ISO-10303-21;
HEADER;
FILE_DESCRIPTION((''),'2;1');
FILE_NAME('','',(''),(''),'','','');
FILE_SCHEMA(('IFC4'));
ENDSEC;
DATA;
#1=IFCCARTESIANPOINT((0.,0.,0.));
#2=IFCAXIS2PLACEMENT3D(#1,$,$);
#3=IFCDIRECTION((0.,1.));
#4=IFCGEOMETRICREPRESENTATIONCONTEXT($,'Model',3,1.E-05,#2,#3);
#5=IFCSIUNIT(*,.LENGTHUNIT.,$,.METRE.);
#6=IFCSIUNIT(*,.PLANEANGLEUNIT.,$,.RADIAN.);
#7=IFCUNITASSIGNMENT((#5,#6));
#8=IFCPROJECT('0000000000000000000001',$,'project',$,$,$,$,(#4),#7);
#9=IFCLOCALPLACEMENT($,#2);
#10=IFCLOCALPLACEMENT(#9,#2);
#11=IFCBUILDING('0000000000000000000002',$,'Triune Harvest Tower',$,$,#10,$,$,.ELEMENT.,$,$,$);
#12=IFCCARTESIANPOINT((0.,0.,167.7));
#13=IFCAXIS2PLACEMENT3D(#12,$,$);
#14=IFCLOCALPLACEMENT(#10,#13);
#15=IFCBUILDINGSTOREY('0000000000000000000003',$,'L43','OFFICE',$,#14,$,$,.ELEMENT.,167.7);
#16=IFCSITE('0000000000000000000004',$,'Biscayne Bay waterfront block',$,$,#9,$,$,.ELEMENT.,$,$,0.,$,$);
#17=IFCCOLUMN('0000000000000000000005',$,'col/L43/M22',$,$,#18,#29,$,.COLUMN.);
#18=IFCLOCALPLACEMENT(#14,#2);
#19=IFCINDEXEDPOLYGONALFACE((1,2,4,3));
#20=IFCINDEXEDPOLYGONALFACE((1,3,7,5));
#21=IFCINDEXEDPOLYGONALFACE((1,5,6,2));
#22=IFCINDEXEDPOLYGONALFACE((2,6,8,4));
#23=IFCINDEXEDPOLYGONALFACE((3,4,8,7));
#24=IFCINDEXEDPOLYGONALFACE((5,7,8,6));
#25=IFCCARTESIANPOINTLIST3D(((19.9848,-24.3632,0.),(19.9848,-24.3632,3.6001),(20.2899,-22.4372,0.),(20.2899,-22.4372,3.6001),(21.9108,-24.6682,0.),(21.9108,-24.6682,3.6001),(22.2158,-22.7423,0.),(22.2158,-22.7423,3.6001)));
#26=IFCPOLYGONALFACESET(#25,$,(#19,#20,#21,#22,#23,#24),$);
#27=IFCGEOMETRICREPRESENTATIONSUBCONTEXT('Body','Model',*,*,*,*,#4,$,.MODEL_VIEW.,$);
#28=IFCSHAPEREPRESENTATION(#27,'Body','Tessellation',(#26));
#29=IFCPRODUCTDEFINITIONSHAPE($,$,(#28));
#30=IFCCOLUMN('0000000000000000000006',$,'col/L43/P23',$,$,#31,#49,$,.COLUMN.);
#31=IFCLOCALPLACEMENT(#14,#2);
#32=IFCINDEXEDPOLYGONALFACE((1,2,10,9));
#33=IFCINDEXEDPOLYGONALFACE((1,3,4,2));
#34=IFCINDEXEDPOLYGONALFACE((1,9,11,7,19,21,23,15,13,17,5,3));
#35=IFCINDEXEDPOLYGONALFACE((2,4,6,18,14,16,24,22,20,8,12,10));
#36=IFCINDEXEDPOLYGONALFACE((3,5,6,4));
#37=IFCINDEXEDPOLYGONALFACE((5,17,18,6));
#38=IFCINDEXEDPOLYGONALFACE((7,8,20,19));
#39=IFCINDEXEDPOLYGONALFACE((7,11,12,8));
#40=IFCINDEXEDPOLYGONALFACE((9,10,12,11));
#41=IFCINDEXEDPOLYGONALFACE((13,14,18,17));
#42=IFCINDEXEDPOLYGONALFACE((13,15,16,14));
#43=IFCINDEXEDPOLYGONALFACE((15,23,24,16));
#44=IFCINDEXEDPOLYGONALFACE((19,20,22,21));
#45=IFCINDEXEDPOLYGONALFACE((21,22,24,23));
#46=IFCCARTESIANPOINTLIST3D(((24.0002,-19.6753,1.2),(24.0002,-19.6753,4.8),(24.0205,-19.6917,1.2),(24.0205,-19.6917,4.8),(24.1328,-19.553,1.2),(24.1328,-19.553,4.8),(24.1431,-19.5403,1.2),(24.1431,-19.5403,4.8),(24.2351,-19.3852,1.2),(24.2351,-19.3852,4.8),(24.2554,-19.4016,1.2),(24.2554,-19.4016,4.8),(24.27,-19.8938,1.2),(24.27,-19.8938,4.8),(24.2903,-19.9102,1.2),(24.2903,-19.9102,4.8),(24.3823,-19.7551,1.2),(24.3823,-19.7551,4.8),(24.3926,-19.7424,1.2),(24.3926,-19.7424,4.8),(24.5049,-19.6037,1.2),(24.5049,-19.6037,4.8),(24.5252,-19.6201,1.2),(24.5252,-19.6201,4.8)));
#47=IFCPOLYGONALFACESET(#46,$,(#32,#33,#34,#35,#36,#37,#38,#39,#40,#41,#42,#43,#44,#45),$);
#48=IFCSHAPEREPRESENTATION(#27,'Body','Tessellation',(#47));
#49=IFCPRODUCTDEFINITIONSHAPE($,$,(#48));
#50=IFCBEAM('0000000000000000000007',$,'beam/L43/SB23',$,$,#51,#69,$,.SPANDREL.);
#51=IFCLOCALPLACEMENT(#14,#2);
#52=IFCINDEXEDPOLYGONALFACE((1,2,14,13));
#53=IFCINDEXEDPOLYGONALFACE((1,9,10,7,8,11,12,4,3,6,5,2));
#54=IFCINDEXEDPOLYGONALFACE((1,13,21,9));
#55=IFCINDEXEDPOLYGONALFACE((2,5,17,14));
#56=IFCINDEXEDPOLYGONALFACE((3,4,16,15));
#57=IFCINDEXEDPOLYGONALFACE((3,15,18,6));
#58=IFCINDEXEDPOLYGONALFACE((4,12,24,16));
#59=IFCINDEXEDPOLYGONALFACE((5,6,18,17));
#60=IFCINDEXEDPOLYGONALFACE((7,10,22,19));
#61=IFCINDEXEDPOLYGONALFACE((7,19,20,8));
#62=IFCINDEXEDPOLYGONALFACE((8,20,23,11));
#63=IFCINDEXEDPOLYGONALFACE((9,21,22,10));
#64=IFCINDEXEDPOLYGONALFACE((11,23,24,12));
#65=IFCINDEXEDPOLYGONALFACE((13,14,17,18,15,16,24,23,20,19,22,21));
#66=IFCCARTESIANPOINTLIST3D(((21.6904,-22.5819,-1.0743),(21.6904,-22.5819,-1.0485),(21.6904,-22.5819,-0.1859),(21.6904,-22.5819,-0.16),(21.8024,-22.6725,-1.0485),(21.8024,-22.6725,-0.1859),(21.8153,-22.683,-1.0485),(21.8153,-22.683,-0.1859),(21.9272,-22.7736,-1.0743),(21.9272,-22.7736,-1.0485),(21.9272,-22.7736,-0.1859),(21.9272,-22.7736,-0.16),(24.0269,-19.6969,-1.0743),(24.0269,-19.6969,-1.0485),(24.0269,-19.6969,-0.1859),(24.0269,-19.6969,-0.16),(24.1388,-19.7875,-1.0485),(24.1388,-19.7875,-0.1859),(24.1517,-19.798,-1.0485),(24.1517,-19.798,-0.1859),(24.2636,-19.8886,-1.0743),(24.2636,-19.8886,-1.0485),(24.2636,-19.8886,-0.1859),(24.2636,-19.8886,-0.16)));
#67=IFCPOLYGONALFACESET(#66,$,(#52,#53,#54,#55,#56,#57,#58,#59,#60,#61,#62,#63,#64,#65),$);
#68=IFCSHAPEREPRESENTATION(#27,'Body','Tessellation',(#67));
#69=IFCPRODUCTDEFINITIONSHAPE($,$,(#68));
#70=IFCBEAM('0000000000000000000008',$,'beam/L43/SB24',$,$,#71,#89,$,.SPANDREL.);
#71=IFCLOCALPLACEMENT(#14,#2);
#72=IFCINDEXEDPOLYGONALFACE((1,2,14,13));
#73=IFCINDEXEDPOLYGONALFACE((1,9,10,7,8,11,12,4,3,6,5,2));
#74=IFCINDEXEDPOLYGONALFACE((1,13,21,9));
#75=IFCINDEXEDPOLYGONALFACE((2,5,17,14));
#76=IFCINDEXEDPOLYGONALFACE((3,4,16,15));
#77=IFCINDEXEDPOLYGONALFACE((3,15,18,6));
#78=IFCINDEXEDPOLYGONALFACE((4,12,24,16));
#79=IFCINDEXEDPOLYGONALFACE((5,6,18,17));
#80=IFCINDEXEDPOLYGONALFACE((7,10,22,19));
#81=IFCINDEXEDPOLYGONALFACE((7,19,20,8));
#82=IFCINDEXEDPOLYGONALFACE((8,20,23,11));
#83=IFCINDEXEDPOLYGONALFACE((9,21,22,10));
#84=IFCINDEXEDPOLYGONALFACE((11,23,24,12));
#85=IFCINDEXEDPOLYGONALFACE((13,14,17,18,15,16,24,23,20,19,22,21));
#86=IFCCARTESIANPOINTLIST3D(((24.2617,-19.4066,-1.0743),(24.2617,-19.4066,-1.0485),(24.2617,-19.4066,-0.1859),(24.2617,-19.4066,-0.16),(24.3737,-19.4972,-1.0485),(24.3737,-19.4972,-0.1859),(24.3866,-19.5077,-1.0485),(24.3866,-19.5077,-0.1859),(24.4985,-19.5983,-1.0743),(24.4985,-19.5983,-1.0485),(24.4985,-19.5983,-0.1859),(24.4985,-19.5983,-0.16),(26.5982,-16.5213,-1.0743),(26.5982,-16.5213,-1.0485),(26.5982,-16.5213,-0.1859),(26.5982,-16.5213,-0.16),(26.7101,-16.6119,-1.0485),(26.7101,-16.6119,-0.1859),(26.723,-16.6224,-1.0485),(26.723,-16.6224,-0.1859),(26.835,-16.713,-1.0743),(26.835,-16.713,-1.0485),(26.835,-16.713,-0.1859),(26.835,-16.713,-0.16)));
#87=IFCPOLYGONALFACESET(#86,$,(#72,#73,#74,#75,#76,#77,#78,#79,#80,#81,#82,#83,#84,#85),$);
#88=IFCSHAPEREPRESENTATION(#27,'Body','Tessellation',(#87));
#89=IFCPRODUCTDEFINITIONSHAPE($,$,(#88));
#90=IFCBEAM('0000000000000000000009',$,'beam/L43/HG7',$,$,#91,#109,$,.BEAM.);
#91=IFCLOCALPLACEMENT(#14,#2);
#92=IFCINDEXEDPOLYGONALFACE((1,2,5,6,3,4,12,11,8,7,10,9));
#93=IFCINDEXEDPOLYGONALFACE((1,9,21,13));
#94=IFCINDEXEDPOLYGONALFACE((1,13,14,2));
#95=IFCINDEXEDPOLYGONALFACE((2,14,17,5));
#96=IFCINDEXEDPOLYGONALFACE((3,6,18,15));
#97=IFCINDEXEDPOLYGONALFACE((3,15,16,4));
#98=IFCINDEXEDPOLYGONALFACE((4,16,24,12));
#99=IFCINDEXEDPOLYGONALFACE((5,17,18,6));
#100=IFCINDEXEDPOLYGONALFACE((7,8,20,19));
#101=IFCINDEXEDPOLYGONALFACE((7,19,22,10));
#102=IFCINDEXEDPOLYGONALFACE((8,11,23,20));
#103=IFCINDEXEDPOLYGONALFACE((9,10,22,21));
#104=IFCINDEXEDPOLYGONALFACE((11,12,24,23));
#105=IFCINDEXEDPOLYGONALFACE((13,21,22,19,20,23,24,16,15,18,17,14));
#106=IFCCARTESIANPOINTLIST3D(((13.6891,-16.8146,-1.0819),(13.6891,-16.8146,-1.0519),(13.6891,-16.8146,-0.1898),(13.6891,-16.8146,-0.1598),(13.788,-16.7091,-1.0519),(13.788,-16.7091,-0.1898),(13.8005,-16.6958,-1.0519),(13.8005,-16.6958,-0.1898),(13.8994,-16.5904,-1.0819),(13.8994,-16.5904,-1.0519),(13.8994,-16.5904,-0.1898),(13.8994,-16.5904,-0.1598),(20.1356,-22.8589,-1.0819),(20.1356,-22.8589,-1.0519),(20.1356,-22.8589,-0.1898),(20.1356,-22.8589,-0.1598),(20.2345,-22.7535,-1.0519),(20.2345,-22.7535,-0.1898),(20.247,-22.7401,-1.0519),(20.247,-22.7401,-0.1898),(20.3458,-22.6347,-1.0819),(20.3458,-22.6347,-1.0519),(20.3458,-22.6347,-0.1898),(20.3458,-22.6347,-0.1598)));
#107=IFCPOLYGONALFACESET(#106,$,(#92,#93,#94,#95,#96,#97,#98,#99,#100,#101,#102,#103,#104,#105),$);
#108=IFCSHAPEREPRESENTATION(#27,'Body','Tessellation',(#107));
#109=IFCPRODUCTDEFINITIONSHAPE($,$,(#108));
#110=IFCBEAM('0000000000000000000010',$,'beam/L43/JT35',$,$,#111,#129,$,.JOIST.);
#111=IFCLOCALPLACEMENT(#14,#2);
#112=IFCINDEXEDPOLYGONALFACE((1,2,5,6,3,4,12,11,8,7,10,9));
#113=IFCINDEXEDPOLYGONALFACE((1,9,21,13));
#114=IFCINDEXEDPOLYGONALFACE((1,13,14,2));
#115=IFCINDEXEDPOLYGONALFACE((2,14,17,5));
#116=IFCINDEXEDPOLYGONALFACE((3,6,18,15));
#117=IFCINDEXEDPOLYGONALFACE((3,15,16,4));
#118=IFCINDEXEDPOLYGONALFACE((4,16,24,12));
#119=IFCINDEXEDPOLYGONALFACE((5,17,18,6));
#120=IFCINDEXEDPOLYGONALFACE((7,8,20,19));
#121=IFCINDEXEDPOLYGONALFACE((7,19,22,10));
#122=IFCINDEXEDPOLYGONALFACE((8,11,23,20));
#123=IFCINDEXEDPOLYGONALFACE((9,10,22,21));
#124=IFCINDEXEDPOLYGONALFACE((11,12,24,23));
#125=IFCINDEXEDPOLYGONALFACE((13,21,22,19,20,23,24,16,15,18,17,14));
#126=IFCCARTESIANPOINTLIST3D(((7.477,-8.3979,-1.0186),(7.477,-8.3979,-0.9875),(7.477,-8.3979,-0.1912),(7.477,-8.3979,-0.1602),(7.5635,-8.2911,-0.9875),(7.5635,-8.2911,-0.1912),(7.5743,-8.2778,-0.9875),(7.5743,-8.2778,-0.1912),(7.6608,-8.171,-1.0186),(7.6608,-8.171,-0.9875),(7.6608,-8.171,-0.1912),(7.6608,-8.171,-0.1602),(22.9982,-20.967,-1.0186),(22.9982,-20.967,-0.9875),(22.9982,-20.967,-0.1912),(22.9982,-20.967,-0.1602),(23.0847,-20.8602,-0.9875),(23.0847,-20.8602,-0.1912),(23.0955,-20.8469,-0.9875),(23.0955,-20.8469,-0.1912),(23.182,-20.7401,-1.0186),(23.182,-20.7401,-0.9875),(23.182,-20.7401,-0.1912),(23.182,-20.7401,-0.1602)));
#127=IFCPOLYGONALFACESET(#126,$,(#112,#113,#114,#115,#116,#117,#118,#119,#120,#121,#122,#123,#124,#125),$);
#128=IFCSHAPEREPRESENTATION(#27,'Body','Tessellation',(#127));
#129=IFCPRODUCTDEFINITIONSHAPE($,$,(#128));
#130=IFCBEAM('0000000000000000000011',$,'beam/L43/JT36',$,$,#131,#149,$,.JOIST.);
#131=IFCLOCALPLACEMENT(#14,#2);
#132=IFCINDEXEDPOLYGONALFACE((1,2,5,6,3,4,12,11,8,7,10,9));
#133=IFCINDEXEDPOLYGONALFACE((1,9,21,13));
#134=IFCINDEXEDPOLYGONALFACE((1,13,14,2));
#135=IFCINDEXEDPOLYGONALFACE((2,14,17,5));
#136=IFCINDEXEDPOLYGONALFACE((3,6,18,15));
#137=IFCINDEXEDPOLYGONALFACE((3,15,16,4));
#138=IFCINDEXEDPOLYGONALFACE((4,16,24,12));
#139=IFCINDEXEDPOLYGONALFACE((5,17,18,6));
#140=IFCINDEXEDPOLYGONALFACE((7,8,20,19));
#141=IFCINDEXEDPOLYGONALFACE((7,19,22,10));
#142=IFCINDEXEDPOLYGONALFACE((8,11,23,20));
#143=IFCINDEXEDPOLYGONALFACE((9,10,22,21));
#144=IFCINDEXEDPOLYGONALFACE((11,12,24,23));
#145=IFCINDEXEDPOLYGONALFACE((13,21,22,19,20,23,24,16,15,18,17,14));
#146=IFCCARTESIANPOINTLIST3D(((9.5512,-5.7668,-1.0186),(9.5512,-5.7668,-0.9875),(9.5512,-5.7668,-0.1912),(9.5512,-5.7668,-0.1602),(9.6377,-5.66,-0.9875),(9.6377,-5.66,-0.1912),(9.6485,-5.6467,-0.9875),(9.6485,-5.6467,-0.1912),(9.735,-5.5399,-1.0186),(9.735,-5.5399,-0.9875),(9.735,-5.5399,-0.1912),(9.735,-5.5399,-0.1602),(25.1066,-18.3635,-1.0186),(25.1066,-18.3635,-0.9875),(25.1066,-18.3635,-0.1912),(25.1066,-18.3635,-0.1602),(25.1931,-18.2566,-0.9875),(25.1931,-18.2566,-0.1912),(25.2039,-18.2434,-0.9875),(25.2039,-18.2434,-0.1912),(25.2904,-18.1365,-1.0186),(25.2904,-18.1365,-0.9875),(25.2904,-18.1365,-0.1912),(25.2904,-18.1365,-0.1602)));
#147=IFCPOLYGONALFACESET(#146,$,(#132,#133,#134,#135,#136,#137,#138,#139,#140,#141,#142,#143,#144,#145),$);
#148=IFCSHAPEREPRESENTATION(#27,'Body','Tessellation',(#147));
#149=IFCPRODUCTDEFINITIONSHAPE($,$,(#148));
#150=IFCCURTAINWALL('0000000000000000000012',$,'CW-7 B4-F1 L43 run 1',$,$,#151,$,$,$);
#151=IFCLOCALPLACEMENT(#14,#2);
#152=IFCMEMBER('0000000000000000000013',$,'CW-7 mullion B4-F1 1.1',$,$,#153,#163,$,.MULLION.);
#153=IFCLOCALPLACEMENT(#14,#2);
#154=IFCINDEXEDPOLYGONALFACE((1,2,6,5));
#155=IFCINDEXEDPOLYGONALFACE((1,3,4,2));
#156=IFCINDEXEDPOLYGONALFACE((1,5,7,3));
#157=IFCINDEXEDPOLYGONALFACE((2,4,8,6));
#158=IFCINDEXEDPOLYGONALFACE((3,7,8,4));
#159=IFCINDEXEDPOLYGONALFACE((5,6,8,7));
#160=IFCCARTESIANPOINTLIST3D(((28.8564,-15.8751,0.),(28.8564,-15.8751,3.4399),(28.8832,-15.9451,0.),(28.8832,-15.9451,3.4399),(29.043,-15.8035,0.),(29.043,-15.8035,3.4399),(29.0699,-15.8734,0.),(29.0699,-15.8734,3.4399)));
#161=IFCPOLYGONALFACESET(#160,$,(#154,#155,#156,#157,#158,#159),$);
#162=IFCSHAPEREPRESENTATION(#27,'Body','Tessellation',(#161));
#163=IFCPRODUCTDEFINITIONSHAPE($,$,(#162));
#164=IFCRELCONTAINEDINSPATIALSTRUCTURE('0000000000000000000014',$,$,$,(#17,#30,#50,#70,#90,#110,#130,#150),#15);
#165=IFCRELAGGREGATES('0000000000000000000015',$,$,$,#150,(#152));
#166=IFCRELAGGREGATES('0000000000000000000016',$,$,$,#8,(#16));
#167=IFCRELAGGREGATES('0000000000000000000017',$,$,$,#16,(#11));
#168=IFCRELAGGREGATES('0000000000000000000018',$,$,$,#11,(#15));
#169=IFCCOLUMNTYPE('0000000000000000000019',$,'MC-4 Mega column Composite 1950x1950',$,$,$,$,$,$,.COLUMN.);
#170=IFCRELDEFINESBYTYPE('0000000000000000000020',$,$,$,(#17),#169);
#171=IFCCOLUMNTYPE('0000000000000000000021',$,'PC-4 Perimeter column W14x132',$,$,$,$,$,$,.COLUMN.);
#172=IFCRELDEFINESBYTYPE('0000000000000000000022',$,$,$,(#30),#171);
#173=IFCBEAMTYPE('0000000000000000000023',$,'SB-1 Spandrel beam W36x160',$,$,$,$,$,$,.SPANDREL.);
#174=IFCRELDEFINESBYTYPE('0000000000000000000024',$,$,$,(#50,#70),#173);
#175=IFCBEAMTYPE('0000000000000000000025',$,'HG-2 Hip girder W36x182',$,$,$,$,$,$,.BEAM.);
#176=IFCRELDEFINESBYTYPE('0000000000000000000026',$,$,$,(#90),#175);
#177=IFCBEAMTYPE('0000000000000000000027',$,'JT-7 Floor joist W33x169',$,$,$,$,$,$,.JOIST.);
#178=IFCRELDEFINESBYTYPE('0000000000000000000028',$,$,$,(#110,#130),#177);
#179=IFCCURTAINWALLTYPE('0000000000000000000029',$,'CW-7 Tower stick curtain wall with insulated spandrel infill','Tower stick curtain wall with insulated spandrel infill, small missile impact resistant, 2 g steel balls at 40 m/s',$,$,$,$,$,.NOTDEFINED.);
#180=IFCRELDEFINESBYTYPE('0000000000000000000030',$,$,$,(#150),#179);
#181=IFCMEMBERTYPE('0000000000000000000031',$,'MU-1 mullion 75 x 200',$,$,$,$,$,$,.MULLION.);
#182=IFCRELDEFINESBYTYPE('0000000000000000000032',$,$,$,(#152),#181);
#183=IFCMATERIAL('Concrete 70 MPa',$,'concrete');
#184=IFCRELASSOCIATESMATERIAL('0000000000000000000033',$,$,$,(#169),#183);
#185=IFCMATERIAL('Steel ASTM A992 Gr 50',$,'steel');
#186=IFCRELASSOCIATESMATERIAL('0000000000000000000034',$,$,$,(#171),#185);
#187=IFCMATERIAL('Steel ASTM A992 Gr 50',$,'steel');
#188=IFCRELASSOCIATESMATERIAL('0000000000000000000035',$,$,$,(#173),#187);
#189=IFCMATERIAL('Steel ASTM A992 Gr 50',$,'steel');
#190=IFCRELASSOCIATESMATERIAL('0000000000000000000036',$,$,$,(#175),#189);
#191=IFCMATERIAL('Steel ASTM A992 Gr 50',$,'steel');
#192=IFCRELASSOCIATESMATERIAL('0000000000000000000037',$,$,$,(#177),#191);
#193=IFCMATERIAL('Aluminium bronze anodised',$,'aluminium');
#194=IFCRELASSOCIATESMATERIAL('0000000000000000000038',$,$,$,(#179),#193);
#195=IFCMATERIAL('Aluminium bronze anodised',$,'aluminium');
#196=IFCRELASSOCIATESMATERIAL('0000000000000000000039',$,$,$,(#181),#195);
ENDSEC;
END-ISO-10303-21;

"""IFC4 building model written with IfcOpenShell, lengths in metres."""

from ifc_helpers import new_model, si_unit, direction, frame, origin, origin_2d, place, context, subcontext, project, spatial, rectangle, i_section, extrude, source, transform, mapped, material, material_profile, profile_set, type_object, element, aggregate, save


model = new_model("IFC4")

# Units and contexts
model_context = context("Model", 3, precision=1e-05, world=origin(), true_north=direction((0.0, 1.0)))
body_context = subcontext(model_context, "Body", "Model", "MODEL_VIEW")
ifc_project = project(units=[si_unit("LENGTHUNIT", "METRE"), si_unit("PLANEANGLEUNIT", "RADIAN")], contexts=[model_context])

# Site, building, storey
site_placement = place(None, origin())
site = spatial("IfcSite", under=ifc_project, at=site_placement, Name="Biscayne Bay waterfront block", CompositionType="ELEMENT", RefElevation=0.0)
building_placement = place(site_placement, origin())
building = spatial("IfcBuilding", under=site, at=building_placement, Name="Triune Harvest Tower", CompositionType="ELEMENT")
storey_placement = place(building_placement, frame((0.0, 0.0, 167.7)))
storey = spatial("IfcBuildingStorey", under=building, at=storey_placement, Name="L43", Description="OFFICE", CompositionType="ELEMENT", Elevation=167.7)

# Columns
ifc_material_1 = material(Name="Concrete 70 MPa", Category="concrete")
ifc_material_profile_1 = material_profile(ifc_material_1, rectangle(XDim=1.95, YDim=1.95, at=origin_2d()), Name="Composite 1950x1950")
ifc_profile_set_1 = profile_set([ifc_material_profile_1], Name="Concrete 70 MPa")
column_type_1 = type_object("IfcColumnType", Name="MC-4 Mega column Composite 1950x1950", PredefinedType="COLUMN", material=ifc_profile_set_1)
shared_shape_1 = source(origin(), body_context, "Body", "SweptSolid", [
    extrude(rectangle(XDim=1.95, YDim=1.95, at=origin_2d()), origin(), (0.0, 0.0, 1.0), 3.6001),
])
column_1_placement = place(storey_placement, frame((21.1003, -23.5527, 0.0), z_axis=(0.0, 0.0, 1.0), x_axis=(0.987688, -0.156434, 0.0)))
element("IfcColumn", 1, at=column_1_placement, inside=storey, type_object=column_type_1, Name="col/L43/M22", PredefinedType="COLUMN", context=body_context, shape_type="MappedRepresentation", body=[
    mapped(shared_shape_1, transform((0.0, 0.0, 0.0), scale=1.0)),
])
ifc_material_2 = material(Name="Steel ASTM A992 Gr 50", Category="steel")
ifc_material_profile_2 = material_profile(ifc_material_2, i_section(OverallWidth=0.3733, OverallDepth=0.3733, WebThickness=0.0164, FlangeThickness=0.0261, at=origin_2d()), Name="W14x132")
ifc_profile_set_2 = profile_set([ifc_material_profile_2], Name="Steel ASTM A992 Gr 50")
column_type_2 = type_object("IfcColumnType", Name="PC-4 Perimeter column W14x132", PredefinedType="COLUMN", material=ifc_profile_set_2)
shared_shape_2 = source(origin(), body_context, "Body", "SweptSolid", [
    extrude(i_section(OverallWidth=0.3733, OverallDepth=0.3733, WebThickness=0.0164, FlangeThickness=0.0261, at=origin_2d()), origin(), (0.0, 0.0, 1.0), 3.6001),
])
column_2_placement = place(storey_placement, frame((24.2627, -19.6477, 1.2), z_axis=(0.0, 0.0, 1.0), x_axis=(0.629322, 0.777145, 0.0)))
element("IfcColumn", 2, at=column_2_placement, inside=storey, type_object=column_type_2, Name="col/L43/P23", PredefinedType="COLUMN", context=body_context, shape_type="MappedRepresentation", body=[
    mapped(shared_shape_2, transform((0.0, 0.0, 0.0), scale=1.0)),
])

# Beams
ifc_material_3 = material(Name="Steel ASTM A992 Gr 50", Category="steel")
ifc_material_profile_3 = material_profile(ifc_material_3, i_section(OverallWidth=0.3047, OverallDepth=0.9143, WebThickness=0.0166, FlangeThickness=0.0259, at=origin_2d()), Name="W36x160")
ifc_profile_set_3 = profile_set([ifc_material_profile_3], Name="Steel ASTM A992 Gr 50")
beam_type_1 = type_object("IfcBeamType", Name="SB-1 Spandrel beam W36x160", PredefinedType="SPANDREL", material=ifc_profile_set_3)
shared_shape_3 = source(origin(), body_context, "Body", "SweptSolid", [
    extrude(i_section(OverallWidth=0.3047, OverallDepth=0.9143, WebThickness=0.0166, FlangeThickness=0.0259, at=origin_2d()), origin(), (0.0, 0.0, 1.0), 3.7124),
])
beam_1_placement = place(storey_placement, frame((21.8088, -22.6777, -0.6172), z_axis=(0.629351, 0.777121, 0.0), x_axis=(-0.777121, 0.629351, 0.0)))
element("IfcBeam", 3, at=beam_1_placement, inside=storey, type_object=beam_type_1, Name="beam/L43/SB23", PredefinedType="SPANDREL", context=body_context, shape_type="MappedRepresentation", body=[
    mapped(shared_shape_3, transform((0.0, 0.0, 0.0), scale=1.0)),
])
shared_shape_4 = source(origin(), body_context, "Body", "SweptSolid", [
    extrude(i_section(OverallWidth=0.3047, OverallDepth=0.9143, WebThickness=0.0166, FlangeThickness=0.0259, at=origin_2d()), origin(), (0.0, 0.0, 1.0), 3.7126),
])
beam_2_placement = place(storey_placement, frame((24.3801, -19.5024, -0.6172), z_axis=(0.629319, 0.777147, 0.0), x_axis=(-0.777147, 0.629319, 0.0)))
element("IfcBeam", 4, at=beam_2_placement, inside=storey, type_object=beam_type_1, Name="beam/L43/SB24", PredefinedType="SPANDREL", context=body_context, shape_type="MappedRepresentation", body=[
    mapped(shared_shape_4, transform((0.0, 0.0, 0.0), scale=1.0)),
])
ifc_material_4 = material(Name="Steel ASTM A992 Gr 50", Category="steel")
ifc_material_profile_4 = material_profile(ifc_material_4, i_section(OverallWidth=0.3074, OverallDepth=0.9221, WebThickness=0.0183, FlangeThickness=0.03, at=origin_2d()), Name="W36x182")
ifc_profile_set_4 = profile_set([ifc_material_profile_4], Name="Steel ASTM A992 Gr 50")
beam_type_2 = type_object("IfcBeamType", Name="HG-2 Hip girder W36x182", PredefinedType="BEAM", material=ifc_profile_set_4)
shared_shape_5 = source(origin(), body_context, "Body", "SweptSolid", [
    extrude(i_section(OverallWidth=0.3074, OverallDepth=0.9221, WebThickness=0.0183, FlangeThickness=0.03, at=origin_2d()), origin(), (0.0, 0.0, 1.0), 8.8369),
])
beam_3_placement = place(storey_placement, frame((20.2407, -22.7468, -0.6208), z_axis=(-0.729492, 0.68399, 0.0), x_axis=(-0.68399, -0.729492, 0.0)))
element("IfcBeam", 5, at=beam_3_placement, inside=storey, type_object=beam_type_2, Name="beam/L43/HG7", PredefinedType="BEAM", context=body_context, shape_type="MappedRepresentation", body=[
    mapped(shared_shape_5, transform((0.0, 0.0, 0.0), scale=1.0)),
])
ifc_material_5 = material(Name="Steel ASTM A992 Gr 50", Category="steel")
ifc_material_profile_5 = material_profile(ifc_material_5, i_section(OverallWidth=0.292, OverallDepth=0.8584, WebThickness=0.0171, FlangeThickness=0.031, at=origin_2d()), Name="W33x169")
ifc_profile_set_5 = profile_set([ifc_material_profile_5], Name="Steel ASTM A992 Gr 50")
beam_type_3 = type_object("IfcBeamType", Name="JT-7 Floor joist W33x169", PredefinedType="JOIST", material=ifc_profile_set_5)
shared_shape_6 = source(origin(), body_context, "Body", "SweptSolid", [
    extrude(i_section(OverallWidth=0.292, OverallDepth=0.8584, WebThickness=0.0171, FlangeThickness=0.031, at=origin_2d()), origin(), (0.0, 0.0, 1.0), 19.9722),
])
beam_4_placement = place(storey_placement, frame((23.0901, -20.8535, -0.5894), z_axis=(-0.77714, 0.629328, 0.0), x_axis=(-0.629328, -0.77714, 0.0)))
element("IfcBeam", 6, at=beam_4_placement, inside=storey, type_object=beam_type_3, Name="beam/L43/JT35", PredefinedType="JOIST", context=body_context, shape_type="MappedRepresentation", body=[
    mapped(shared_shape_6, transform((0.0, 0.0, 0.0), scale=1.0)),
])
shared_shape_7 = source(origin(), body_context, "Body", "SweptSolid", [
    extrude(i_section(OverallWidth=0.292, OverallDepth=0.8584, WebThickness=0.0171, FlangeThickness=0.031, at=origin_2d()), origin(), (0.0, 0.0, 1.0), 20.0161),
])
beam_5_placement = place(storey_placement, frame((25.1985, -18.25, -0.5894), z_axis=(-0.777142, 0.629325, 0.0), x_axis=(-0.629325, -0.777142, 0.0)))
element("IfcBeam", 7, at=beam_5_placement, inside=storey, type_object=beam_type_3, Name="beam/L43/JT36", PredefinedType="JOIST", context=body_context, shape_type="MappedRepresentation", body=[
    mapped(shared_shape_7, transform((0.0, 0.0, 0.0), scale=1.0)),
])

# Curtain wall, member
ifc_material_6 = material(Name="Aluminium bronze anodised", Category="aluminium")
curtain_wall_type = type_object("IfcCurtainWallType", Name="CW-7 Tower stick curtain wall with insulated spandrel infill", Description="Tower stick curtain wall with insulated spandrel infill, small missile impact resistant, 2 g steel balls at 40 m/s", PredefinedType="NOTDEFINED", material=ifc_material_6)
curtain_wall_1_placement = place(storey_placement, origin())
curtain_wall_1 = element("IfcCurtainWall", 8, at=curtain_wall_1_placement, inside=storey, type_object=curtain_wall_type, Name="CW-7 B4-F1 L43 run 1")
ifc_material_7 = material(Name="Aluminium bronze anodised", Category="aluminium")
ifc_material_profile_6 = material_profile(ifc_material_7, rectangle(XDim=0.2, YDim=0.075, at=origin_2d()), Name="MU-1 mullion 75 x 200")
ifc_profile_set_6 = profile_set([ifc_material_profile_6], Name="Aluminium bronze anodised")
member_type_1 = type_object("IfcMemberType", Name="MU-1 mullion 75 x 200", PredefinedType="MULLION", material=ifc_profile_set_6)
shared_shape_8 = source(origin(), body_context, "Body", "SweptSolid", [
    extrude(rectangle(XDim=0.2, YDim=0.075, at=origin_2d()), origin(), (0.0, 0.0, 1.0), 3.4399),
])
member_1_placement = place(storey_placement, frame((28.9631, -15.8743, 0.0), z_axis=(0.0, 0.0, 1.0), x_axis=(-0.93358, -0.35837, 0.0)))
member_1 = element("IfcMember", 9, at=member_1_placement, type_object=member_type_1, Name="CW-7 mullion B4-F1 1.1", PredefinedType="MULLION", context=body_context, shape_type="MappedRepresentation", body=[
    mapped(shared_shape_8, transform((0.0, 0.0, 0.0), scale=1.0)),
])

aggregate(curtain_wall_1, [member_1])

save(model, "model.ifc")
